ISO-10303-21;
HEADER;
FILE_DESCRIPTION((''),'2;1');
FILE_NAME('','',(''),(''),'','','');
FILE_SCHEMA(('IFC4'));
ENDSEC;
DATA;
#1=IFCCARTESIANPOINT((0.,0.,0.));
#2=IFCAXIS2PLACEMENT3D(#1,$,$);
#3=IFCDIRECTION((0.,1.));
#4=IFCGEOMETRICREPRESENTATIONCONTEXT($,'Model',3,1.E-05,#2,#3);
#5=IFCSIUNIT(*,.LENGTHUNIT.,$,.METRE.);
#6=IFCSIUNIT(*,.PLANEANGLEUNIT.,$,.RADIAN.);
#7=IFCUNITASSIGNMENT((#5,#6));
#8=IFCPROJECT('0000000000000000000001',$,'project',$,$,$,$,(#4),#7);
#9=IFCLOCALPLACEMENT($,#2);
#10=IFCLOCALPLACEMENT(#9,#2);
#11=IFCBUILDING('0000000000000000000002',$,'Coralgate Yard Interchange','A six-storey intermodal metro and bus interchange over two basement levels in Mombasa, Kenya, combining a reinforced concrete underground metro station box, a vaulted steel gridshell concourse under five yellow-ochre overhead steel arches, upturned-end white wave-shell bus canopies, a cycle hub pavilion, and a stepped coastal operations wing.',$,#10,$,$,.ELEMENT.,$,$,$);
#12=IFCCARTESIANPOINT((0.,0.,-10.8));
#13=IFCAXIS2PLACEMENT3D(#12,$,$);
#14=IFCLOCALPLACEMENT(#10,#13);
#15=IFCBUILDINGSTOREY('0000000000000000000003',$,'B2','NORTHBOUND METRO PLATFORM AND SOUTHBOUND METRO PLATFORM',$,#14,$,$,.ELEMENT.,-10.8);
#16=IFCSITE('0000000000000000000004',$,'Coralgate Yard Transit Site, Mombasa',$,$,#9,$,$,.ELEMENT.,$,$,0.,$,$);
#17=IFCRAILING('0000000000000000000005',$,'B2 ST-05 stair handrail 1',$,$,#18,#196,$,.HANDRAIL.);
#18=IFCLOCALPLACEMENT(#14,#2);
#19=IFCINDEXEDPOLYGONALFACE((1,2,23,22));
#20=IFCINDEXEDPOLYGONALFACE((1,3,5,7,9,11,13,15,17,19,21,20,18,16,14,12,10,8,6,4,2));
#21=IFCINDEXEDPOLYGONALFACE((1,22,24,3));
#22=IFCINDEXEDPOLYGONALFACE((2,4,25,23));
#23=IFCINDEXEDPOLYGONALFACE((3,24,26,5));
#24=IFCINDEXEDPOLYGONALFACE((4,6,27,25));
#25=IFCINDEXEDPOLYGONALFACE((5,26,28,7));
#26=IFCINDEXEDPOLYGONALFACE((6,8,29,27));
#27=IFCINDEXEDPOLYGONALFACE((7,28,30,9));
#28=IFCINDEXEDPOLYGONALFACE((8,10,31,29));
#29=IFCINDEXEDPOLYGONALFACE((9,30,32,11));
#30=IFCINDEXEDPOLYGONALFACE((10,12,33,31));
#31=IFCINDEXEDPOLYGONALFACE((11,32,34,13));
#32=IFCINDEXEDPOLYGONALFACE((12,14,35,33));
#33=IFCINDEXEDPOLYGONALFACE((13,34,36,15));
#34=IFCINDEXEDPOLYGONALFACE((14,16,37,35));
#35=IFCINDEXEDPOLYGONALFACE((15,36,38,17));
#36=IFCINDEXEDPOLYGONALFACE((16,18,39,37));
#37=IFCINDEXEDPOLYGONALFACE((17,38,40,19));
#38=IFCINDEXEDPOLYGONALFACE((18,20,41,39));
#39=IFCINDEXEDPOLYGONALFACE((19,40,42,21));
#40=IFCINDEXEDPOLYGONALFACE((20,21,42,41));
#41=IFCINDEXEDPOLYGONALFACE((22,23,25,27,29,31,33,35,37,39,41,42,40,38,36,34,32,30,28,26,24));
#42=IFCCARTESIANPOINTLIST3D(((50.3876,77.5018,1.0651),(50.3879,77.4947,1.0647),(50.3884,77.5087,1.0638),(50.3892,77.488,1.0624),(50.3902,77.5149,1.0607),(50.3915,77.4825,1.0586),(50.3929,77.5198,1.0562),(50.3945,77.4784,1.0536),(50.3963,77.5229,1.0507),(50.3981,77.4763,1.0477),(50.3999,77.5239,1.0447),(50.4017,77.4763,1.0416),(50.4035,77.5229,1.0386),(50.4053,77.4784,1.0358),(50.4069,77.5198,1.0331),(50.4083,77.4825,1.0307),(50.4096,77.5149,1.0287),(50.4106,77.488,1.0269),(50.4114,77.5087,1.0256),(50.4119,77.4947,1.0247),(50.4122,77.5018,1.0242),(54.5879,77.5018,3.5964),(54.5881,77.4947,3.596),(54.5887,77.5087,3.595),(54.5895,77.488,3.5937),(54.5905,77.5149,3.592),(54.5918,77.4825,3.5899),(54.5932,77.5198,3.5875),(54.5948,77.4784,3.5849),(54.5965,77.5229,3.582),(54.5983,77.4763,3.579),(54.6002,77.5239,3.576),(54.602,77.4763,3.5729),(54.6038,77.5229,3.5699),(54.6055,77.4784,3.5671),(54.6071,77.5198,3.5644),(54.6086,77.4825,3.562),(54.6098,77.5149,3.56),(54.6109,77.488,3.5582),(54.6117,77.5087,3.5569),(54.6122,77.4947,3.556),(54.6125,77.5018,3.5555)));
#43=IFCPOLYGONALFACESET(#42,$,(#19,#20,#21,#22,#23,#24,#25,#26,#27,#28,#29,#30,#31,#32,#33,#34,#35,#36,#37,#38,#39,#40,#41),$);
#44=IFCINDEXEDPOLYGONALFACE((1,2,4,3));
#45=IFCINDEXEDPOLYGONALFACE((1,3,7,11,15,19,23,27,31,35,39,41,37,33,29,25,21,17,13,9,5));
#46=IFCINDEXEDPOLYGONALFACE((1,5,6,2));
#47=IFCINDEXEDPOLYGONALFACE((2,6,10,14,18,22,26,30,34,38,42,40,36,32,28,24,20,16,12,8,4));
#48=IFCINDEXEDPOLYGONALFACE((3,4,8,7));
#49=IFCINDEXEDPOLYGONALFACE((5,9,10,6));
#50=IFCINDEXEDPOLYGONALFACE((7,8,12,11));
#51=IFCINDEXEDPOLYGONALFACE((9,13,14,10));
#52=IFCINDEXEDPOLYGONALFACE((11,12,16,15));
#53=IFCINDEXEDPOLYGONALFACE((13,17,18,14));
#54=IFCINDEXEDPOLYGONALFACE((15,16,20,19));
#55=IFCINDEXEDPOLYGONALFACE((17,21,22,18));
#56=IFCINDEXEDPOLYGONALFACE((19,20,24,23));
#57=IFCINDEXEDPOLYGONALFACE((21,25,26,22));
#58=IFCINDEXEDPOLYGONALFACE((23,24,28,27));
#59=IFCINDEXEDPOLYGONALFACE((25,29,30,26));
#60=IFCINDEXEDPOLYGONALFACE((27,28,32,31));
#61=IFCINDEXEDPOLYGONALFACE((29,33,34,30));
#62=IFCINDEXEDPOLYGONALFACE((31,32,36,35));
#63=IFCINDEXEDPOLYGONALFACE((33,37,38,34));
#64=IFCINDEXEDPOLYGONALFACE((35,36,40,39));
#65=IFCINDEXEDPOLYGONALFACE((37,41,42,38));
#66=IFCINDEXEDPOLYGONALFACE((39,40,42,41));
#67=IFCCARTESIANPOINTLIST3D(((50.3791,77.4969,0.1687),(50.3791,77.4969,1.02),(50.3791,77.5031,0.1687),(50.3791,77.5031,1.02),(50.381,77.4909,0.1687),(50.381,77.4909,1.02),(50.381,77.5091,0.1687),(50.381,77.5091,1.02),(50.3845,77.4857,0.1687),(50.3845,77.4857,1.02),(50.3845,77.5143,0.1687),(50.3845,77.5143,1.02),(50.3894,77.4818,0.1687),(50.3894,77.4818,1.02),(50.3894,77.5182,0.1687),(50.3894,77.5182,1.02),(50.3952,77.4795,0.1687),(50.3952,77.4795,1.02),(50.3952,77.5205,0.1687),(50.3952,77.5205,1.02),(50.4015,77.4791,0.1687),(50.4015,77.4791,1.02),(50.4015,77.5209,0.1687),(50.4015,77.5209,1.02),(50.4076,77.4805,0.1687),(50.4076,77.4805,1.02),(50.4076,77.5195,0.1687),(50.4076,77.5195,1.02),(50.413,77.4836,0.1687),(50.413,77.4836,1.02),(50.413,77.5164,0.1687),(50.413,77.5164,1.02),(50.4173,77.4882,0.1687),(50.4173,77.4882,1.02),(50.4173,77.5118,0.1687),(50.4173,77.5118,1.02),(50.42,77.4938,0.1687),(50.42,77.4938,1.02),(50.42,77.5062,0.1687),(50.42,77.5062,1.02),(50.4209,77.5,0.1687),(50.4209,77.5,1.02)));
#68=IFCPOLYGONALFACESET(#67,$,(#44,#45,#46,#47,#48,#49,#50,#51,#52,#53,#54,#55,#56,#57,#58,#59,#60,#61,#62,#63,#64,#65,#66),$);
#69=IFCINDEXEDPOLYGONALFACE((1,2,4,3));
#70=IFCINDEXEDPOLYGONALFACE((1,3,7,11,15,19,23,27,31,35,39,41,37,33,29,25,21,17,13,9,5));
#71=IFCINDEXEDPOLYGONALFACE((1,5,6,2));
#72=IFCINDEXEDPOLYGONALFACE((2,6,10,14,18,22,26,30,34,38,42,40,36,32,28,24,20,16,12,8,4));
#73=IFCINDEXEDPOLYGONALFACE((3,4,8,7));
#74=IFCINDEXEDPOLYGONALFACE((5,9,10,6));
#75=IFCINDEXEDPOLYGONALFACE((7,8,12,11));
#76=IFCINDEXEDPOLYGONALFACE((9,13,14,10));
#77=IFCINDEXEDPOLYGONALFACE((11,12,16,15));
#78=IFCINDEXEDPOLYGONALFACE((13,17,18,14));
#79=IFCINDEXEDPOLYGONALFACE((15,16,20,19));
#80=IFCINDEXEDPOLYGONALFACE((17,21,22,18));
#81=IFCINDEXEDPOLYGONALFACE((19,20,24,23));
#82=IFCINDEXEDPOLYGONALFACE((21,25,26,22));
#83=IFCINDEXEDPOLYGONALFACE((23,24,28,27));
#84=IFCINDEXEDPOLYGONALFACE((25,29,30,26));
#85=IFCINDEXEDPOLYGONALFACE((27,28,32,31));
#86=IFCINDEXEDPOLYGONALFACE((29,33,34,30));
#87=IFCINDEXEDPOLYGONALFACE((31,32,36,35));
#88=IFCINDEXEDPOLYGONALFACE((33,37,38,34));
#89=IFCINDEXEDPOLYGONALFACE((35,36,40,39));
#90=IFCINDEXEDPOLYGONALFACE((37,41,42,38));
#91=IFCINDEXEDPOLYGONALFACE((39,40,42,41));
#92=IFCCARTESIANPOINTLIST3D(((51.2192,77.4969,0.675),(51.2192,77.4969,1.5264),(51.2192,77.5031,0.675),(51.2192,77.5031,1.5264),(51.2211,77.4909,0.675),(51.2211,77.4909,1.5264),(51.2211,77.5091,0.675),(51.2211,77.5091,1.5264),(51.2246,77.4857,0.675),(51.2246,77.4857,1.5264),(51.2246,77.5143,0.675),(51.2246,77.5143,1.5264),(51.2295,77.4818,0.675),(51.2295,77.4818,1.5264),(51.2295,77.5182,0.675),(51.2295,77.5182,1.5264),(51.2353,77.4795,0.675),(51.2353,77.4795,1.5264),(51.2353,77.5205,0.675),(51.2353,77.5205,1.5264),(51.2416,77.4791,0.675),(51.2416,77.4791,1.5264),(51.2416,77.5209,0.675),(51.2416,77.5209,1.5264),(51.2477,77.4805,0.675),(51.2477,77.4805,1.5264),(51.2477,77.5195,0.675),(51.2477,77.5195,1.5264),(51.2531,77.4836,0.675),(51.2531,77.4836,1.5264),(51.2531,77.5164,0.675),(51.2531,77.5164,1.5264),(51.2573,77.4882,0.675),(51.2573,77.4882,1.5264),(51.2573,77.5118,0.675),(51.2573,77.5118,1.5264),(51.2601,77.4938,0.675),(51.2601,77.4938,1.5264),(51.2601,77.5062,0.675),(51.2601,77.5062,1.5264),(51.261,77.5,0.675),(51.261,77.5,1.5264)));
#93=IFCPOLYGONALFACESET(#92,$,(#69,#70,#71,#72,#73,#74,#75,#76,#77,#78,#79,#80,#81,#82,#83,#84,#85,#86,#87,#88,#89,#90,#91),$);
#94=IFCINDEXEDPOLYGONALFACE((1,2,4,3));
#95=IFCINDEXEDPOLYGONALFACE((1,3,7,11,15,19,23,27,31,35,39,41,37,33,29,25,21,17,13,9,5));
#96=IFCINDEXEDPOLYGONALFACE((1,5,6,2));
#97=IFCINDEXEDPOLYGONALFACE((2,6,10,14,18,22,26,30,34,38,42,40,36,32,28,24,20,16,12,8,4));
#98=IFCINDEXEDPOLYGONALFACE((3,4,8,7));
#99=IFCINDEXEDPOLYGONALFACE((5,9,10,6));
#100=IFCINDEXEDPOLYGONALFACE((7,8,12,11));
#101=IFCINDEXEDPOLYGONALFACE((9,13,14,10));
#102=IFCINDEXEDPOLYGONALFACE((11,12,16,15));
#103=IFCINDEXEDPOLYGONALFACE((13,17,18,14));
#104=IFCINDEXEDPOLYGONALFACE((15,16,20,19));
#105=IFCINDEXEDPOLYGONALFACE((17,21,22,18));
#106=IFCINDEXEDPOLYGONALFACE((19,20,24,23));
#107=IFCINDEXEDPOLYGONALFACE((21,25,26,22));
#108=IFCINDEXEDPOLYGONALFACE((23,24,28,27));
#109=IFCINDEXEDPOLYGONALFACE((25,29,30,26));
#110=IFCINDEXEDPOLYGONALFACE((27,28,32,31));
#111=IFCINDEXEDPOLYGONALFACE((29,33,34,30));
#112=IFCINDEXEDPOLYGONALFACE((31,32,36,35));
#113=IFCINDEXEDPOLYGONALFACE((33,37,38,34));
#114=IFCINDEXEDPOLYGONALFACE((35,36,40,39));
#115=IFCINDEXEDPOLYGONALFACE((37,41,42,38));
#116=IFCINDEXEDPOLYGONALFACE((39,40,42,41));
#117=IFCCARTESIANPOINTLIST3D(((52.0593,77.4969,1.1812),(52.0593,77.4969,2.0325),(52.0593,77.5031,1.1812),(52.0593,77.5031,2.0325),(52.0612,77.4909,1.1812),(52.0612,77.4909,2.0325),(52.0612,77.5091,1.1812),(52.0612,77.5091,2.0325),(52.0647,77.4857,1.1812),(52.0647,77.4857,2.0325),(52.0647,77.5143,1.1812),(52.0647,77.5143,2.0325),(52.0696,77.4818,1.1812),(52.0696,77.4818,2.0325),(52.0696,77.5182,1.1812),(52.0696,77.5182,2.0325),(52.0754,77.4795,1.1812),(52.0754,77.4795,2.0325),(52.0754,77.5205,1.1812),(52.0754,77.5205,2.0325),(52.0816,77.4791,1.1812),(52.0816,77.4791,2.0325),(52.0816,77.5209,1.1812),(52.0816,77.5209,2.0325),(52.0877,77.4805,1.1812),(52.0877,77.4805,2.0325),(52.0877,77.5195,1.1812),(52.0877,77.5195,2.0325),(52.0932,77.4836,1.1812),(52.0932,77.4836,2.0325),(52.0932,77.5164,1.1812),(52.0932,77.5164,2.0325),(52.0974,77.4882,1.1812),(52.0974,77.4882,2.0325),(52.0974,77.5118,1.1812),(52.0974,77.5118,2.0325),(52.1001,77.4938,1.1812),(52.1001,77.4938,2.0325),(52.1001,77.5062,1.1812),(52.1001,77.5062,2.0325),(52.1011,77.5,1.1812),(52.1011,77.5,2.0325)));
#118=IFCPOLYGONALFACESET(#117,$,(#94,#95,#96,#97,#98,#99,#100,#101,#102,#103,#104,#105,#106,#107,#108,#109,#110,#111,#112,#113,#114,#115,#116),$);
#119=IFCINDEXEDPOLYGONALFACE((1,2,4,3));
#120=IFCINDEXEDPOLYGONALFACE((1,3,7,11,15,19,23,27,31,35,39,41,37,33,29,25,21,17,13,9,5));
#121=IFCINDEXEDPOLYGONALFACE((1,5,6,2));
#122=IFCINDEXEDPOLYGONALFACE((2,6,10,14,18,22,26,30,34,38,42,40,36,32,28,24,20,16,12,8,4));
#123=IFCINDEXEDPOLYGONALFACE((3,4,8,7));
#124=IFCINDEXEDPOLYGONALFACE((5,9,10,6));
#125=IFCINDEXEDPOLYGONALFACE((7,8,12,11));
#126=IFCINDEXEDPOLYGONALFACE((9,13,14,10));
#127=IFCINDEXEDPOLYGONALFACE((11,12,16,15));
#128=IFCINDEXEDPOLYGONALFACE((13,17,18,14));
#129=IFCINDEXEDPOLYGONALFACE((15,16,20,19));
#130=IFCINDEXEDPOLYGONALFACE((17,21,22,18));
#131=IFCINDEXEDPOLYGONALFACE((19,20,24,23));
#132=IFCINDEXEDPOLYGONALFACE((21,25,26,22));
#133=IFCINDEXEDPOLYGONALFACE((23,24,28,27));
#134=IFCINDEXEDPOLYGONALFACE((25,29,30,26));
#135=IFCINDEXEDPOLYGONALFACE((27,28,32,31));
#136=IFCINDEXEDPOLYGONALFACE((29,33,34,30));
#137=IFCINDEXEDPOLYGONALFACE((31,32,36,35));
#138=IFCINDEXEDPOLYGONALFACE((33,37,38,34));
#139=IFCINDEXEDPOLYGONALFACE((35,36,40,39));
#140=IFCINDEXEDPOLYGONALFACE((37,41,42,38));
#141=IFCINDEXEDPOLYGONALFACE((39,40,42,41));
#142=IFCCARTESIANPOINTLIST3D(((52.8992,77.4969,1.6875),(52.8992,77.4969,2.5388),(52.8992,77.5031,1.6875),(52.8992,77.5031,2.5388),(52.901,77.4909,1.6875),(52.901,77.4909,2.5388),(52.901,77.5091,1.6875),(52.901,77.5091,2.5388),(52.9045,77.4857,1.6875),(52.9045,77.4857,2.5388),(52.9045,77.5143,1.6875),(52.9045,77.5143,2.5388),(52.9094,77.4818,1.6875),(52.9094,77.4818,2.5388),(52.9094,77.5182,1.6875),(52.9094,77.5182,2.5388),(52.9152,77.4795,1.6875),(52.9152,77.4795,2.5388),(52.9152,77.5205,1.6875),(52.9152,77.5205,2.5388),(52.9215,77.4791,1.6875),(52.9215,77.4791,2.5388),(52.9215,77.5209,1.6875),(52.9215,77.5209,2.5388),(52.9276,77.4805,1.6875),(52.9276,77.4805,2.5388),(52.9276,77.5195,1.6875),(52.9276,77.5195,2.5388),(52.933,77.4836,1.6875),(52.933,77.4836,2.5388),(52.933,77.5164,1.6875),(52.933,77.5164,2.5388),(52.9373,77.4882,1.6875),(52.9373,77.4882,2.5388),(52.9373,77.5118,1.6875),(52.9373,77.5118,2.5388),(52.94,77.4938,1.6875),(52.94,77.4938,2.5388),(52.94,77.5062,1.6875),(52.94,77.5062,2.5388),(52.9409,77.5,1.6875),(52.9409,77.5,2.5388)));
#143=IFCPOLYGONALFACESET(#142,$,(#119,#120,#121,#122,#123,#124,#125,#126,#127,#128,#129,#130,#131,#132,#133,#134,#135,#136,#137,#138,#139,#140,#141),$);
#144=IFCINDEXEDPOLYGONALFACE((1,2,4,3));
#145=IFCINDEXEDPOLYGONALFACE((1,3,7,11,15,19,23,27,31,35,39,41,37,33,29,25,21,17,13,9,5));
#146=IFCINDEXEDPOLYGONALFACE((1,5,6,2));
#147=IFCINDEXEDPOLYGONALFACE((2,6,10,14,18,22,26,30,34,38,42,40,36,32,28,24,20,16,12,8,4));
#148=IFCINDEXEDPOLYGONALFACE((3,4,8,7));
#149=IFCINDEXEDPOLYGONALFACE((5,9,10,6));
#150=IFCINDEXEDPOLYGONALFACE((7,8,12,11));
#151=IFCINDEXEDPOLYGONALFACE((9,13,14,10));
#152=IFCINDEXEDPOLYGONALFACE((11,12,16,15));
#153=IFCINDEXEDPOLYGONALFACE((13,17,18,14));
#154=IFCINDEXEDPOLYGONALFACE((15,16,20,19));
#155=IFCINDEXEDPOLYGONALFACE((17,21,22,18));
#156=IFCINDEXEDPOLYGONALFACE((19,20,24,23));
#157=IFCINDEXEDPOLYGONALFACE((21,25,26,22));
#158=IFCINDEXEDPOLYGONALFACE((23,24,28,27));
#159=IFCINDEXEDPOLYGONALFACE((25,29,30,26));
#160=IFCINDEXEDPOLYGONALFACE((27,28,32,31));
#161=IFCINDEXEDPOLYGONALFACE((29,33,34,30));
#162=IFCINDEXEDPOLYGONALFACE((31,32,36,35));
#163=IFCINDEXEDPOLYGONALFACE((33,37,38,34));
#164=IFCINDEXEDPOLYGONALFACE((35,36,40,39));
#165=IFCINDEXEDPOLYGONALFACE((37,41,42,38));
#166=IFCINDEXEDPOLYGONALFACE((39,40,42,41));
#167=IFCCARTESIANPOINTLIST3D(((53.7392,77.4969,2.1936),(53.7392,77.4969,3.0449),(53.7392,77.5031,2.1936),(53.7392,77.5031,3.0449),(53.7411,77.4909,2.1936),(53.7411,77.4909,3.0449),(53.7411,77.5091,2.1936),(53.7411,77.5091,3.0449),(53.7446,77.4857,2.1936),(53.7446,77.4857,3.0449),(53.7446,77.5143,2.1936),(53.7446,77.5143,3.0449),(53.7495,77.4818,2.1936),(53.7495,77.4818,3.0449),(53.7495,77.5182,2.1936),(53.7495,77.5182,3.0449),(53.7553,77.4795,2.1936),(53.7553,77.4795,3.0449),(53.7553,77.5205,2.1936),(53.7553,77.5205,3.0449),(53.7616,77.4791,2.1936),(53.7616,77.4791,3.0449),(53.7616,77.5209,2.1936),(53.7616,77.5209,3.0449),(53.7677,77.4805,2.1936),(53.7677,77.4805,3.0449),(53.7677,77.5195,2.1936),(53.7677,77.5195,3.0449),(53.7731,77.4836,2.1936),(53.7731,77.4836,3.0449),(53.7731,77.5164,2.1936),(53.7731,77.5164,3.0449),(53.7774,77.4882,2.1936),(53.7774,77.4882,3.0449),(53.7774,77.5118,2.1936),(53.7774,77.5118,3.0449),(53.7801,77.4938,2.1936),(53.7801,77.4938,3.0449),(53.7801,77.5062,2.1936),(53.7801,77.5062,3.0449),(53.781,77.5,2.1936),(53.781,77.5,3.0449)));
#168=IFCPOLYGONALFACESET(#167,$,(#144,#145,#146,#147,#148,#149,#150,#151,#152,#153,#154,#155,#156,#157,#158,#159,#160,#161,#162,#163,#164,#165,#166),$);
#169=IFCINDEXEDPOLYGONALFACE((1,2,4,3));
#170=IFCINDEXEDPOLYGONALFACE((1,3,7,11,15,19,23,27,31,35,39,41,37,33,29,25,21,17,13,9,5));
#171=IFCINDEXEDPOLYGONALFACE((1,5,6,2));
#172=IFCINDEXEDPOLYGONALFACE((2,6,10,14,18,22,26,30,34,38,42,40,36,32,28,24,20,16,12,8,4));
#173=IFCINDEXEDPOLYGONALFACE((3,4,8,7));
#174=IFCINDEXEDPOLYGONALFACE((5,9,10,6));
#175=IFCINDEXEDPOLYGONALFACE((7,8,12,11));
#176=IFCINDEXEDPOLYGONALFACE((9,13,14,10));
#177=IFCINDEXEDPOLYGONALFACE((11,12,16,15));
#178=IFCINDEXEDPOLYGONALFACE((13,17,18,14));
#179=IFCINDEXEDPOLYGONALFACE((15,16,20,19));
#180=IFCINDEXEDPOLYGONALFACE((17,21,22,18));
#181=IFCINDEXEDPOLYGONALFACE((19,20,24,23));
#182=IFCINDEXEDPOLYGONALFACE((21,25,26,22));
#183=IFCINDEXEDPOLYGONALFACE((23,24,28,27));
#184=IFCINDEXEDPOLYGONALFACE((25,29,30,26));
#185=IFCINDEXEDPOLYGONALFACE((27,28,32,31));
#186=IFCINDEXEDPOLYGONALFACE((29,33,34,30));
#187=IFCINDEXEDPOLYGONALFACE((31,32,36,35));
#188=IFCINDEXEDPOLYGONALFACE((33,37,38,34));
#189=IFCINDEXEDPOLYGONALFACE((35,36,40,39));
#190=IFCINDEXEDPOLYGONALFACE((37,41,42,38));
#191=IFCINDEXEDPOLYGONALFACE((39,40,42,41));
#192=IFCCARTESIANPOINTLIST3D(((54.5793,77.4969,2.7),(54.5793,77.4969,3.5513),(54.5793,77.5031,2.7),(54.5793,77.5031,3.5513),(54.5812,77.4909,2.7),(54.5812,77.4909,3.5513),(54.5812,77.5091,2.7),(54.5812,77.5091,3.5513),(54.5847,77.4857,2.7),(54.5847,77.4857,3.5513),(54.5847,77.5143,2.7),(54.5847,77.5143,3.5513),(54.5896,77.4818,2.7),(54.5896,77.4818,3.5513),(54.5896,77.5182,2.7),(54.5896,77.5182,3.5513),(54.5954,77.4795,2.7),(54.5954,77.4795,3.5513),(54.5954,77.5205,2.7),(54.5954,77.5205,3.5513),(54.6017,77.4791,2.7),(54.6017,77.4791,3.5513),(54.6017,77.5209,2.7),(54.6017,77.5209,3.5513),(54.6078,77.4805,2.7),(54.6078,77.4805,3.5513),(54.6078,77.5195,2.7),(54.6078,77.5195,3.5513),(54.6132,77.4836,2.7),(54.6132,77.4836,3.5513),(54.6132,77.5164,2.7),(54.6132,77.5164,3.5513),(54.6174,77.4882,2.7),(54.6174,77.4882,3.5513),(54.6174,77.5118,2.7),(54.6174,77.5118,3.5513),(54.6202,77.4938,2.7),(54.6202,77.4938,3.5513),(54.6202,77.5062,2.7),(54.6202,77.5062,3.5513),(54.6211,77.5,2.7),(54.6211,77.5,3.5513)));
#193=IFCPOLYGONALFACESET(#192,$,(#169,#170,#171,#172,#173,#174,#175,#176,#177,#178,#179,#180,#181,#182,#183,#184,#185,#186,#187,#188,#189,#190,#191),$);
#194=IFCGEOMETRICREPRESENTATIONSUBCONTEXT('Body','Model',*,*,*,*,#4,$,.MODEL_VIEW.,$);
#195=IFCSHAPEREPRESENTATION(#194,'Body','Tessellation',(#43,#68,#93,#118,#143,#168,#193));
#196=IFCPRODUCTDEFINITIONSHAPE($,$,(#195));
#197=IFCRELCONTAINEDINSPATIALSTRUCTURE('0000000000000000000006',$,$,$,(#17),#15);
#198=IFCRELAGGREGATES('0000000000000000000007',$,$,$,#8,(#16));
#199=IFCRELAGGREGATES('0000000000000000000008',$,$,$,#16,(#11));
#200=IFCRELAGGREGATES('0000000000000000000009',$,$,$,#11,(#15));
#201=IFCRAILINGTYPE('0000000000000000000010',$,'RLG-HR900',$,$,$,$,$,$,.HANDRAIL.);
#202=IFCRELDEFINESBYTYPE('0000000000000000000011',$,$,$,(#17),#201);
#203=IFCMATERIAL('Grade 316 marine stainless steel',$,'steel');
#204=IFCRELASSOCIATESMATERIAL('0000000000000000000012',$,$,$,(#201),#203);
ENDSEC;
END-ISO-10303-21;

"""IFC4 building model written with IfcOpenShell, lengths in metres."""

from ifc_helpers import new_model, si_unit, direction, frame, origin, origin_2d, place, context, subcontext, project, spatial, circle, extrude, material, type_object, element, save


model = new_model("IFC4")

# Units and contexts
model_context = context("Model", 3, precision=1e-05, world=origin(), true_north=direction((0.0, 1.0)))
body_context = subcontext(model_context, "Body", "Model", "MODEL_VIEW")
ifc_project = project(units=[si_unit("LENGTHUNIT", "METRE"), si_unit("PLANEANGLEUNIT", "RADIAN")], contexts=[model_context])

# Site, building, storey
site_placement = place(None, origin())
site = spatial("IfcSite", under=ifc_project, at=site_placement, Name="Coralgate Yard Transit Site, Mombasa", CompositionType="ELEMENT", RefElevation=0.0)
building_placement = place(site_placement, origin())
building = spatial("IfcBuilding", under=site, at=building_placement, Name="Coralgate Yard Interchange", Description="A six-storey intermodal metro and bus interchange over two basement levels in Mombasa, Kenya, combining a reinforced concrete underground metro station box, a vaulted steel gridshell concourse under five yellow-ochre overhead steel arches, upturned-end white wave-shell bus canopies, a cycle hub pavilion, and a stepped coastal operations wing.", CompositionType="ELEMENT")
storey_placement = place(building_placement, frame((0.0, 0.0, -10.8)))
storey = spatial("IfcBuildingStorey", under=building, at=storey_placement, Name="B2", Description="NORTHBOUND METRO PLATFORM AND SOUTHBOUND METRO PLATFORM", CompositionType="ELEMENT", Elevation=-10.8)

# Railing
ifc_material_1 = material(Name="Grade 316 marine stainless steel", Category="steel")
railing_type_1 = type_object("IfcRailingType", Name="RLG-HR900", PredefinedType="HANDRAIL", material=ifc_material_1)
railing_1_placement = place(storey_placement, frame((50.3999, 77.5, 0.1687)))
element("IfcRailing", 1, at=railing_1_placement, inside=storey, type_object=railing_type_1, Name="B2 ST-05 stair handrail 1", PredefinedType="HANDRAIL", context=body_context, shape_type="SweptSolid", body=[
    extrude(circle(Radius=0.0239, at=origin_2d()), frame((0.0, 0.0, 0.876), z_axis=(0.85649, 0.0, 0.516164), x_axis=(0.0, 1.0, 0.0)), (0.0, 0.0, 1.0), 4.9041),
    extrude(circle(Radius=0.021, at=origin_2d()), origin(), (0.0, 0.0, 1.0), 0.8513),
    extrude(circle(Radius=0.021, at=origin_2d()), frame((0.8401, 0.0, 0.5063)), (0.0, 0.0, 1.0), 0.8513),
    extrude(circle(Radius=0.021, at=origin_2d()), frame((1.6802, 0.0, 1.0125)), (0.0, 0.0, 1.0), 0.8513),
    extrude(circle(Radius=0.021, at=origin_2d()), frame((2.52, 0.0, 1.5188)), (0.0, 0.0, 1.0), 0.8513),
    extrude(circle(Radius=0.021, at=origin_2d()), frame((3.3601, 0.0, 2.0249)), (0.0, 0.0, 1.0), 0.8513),
    extrude(circle(Radius=0.021, at=origin_2d()), frame((4.2002, 0.0, 2.5312)), (0.0, 0.0, 1.0), 0.8513),
])

save(model, "model.ifc")
